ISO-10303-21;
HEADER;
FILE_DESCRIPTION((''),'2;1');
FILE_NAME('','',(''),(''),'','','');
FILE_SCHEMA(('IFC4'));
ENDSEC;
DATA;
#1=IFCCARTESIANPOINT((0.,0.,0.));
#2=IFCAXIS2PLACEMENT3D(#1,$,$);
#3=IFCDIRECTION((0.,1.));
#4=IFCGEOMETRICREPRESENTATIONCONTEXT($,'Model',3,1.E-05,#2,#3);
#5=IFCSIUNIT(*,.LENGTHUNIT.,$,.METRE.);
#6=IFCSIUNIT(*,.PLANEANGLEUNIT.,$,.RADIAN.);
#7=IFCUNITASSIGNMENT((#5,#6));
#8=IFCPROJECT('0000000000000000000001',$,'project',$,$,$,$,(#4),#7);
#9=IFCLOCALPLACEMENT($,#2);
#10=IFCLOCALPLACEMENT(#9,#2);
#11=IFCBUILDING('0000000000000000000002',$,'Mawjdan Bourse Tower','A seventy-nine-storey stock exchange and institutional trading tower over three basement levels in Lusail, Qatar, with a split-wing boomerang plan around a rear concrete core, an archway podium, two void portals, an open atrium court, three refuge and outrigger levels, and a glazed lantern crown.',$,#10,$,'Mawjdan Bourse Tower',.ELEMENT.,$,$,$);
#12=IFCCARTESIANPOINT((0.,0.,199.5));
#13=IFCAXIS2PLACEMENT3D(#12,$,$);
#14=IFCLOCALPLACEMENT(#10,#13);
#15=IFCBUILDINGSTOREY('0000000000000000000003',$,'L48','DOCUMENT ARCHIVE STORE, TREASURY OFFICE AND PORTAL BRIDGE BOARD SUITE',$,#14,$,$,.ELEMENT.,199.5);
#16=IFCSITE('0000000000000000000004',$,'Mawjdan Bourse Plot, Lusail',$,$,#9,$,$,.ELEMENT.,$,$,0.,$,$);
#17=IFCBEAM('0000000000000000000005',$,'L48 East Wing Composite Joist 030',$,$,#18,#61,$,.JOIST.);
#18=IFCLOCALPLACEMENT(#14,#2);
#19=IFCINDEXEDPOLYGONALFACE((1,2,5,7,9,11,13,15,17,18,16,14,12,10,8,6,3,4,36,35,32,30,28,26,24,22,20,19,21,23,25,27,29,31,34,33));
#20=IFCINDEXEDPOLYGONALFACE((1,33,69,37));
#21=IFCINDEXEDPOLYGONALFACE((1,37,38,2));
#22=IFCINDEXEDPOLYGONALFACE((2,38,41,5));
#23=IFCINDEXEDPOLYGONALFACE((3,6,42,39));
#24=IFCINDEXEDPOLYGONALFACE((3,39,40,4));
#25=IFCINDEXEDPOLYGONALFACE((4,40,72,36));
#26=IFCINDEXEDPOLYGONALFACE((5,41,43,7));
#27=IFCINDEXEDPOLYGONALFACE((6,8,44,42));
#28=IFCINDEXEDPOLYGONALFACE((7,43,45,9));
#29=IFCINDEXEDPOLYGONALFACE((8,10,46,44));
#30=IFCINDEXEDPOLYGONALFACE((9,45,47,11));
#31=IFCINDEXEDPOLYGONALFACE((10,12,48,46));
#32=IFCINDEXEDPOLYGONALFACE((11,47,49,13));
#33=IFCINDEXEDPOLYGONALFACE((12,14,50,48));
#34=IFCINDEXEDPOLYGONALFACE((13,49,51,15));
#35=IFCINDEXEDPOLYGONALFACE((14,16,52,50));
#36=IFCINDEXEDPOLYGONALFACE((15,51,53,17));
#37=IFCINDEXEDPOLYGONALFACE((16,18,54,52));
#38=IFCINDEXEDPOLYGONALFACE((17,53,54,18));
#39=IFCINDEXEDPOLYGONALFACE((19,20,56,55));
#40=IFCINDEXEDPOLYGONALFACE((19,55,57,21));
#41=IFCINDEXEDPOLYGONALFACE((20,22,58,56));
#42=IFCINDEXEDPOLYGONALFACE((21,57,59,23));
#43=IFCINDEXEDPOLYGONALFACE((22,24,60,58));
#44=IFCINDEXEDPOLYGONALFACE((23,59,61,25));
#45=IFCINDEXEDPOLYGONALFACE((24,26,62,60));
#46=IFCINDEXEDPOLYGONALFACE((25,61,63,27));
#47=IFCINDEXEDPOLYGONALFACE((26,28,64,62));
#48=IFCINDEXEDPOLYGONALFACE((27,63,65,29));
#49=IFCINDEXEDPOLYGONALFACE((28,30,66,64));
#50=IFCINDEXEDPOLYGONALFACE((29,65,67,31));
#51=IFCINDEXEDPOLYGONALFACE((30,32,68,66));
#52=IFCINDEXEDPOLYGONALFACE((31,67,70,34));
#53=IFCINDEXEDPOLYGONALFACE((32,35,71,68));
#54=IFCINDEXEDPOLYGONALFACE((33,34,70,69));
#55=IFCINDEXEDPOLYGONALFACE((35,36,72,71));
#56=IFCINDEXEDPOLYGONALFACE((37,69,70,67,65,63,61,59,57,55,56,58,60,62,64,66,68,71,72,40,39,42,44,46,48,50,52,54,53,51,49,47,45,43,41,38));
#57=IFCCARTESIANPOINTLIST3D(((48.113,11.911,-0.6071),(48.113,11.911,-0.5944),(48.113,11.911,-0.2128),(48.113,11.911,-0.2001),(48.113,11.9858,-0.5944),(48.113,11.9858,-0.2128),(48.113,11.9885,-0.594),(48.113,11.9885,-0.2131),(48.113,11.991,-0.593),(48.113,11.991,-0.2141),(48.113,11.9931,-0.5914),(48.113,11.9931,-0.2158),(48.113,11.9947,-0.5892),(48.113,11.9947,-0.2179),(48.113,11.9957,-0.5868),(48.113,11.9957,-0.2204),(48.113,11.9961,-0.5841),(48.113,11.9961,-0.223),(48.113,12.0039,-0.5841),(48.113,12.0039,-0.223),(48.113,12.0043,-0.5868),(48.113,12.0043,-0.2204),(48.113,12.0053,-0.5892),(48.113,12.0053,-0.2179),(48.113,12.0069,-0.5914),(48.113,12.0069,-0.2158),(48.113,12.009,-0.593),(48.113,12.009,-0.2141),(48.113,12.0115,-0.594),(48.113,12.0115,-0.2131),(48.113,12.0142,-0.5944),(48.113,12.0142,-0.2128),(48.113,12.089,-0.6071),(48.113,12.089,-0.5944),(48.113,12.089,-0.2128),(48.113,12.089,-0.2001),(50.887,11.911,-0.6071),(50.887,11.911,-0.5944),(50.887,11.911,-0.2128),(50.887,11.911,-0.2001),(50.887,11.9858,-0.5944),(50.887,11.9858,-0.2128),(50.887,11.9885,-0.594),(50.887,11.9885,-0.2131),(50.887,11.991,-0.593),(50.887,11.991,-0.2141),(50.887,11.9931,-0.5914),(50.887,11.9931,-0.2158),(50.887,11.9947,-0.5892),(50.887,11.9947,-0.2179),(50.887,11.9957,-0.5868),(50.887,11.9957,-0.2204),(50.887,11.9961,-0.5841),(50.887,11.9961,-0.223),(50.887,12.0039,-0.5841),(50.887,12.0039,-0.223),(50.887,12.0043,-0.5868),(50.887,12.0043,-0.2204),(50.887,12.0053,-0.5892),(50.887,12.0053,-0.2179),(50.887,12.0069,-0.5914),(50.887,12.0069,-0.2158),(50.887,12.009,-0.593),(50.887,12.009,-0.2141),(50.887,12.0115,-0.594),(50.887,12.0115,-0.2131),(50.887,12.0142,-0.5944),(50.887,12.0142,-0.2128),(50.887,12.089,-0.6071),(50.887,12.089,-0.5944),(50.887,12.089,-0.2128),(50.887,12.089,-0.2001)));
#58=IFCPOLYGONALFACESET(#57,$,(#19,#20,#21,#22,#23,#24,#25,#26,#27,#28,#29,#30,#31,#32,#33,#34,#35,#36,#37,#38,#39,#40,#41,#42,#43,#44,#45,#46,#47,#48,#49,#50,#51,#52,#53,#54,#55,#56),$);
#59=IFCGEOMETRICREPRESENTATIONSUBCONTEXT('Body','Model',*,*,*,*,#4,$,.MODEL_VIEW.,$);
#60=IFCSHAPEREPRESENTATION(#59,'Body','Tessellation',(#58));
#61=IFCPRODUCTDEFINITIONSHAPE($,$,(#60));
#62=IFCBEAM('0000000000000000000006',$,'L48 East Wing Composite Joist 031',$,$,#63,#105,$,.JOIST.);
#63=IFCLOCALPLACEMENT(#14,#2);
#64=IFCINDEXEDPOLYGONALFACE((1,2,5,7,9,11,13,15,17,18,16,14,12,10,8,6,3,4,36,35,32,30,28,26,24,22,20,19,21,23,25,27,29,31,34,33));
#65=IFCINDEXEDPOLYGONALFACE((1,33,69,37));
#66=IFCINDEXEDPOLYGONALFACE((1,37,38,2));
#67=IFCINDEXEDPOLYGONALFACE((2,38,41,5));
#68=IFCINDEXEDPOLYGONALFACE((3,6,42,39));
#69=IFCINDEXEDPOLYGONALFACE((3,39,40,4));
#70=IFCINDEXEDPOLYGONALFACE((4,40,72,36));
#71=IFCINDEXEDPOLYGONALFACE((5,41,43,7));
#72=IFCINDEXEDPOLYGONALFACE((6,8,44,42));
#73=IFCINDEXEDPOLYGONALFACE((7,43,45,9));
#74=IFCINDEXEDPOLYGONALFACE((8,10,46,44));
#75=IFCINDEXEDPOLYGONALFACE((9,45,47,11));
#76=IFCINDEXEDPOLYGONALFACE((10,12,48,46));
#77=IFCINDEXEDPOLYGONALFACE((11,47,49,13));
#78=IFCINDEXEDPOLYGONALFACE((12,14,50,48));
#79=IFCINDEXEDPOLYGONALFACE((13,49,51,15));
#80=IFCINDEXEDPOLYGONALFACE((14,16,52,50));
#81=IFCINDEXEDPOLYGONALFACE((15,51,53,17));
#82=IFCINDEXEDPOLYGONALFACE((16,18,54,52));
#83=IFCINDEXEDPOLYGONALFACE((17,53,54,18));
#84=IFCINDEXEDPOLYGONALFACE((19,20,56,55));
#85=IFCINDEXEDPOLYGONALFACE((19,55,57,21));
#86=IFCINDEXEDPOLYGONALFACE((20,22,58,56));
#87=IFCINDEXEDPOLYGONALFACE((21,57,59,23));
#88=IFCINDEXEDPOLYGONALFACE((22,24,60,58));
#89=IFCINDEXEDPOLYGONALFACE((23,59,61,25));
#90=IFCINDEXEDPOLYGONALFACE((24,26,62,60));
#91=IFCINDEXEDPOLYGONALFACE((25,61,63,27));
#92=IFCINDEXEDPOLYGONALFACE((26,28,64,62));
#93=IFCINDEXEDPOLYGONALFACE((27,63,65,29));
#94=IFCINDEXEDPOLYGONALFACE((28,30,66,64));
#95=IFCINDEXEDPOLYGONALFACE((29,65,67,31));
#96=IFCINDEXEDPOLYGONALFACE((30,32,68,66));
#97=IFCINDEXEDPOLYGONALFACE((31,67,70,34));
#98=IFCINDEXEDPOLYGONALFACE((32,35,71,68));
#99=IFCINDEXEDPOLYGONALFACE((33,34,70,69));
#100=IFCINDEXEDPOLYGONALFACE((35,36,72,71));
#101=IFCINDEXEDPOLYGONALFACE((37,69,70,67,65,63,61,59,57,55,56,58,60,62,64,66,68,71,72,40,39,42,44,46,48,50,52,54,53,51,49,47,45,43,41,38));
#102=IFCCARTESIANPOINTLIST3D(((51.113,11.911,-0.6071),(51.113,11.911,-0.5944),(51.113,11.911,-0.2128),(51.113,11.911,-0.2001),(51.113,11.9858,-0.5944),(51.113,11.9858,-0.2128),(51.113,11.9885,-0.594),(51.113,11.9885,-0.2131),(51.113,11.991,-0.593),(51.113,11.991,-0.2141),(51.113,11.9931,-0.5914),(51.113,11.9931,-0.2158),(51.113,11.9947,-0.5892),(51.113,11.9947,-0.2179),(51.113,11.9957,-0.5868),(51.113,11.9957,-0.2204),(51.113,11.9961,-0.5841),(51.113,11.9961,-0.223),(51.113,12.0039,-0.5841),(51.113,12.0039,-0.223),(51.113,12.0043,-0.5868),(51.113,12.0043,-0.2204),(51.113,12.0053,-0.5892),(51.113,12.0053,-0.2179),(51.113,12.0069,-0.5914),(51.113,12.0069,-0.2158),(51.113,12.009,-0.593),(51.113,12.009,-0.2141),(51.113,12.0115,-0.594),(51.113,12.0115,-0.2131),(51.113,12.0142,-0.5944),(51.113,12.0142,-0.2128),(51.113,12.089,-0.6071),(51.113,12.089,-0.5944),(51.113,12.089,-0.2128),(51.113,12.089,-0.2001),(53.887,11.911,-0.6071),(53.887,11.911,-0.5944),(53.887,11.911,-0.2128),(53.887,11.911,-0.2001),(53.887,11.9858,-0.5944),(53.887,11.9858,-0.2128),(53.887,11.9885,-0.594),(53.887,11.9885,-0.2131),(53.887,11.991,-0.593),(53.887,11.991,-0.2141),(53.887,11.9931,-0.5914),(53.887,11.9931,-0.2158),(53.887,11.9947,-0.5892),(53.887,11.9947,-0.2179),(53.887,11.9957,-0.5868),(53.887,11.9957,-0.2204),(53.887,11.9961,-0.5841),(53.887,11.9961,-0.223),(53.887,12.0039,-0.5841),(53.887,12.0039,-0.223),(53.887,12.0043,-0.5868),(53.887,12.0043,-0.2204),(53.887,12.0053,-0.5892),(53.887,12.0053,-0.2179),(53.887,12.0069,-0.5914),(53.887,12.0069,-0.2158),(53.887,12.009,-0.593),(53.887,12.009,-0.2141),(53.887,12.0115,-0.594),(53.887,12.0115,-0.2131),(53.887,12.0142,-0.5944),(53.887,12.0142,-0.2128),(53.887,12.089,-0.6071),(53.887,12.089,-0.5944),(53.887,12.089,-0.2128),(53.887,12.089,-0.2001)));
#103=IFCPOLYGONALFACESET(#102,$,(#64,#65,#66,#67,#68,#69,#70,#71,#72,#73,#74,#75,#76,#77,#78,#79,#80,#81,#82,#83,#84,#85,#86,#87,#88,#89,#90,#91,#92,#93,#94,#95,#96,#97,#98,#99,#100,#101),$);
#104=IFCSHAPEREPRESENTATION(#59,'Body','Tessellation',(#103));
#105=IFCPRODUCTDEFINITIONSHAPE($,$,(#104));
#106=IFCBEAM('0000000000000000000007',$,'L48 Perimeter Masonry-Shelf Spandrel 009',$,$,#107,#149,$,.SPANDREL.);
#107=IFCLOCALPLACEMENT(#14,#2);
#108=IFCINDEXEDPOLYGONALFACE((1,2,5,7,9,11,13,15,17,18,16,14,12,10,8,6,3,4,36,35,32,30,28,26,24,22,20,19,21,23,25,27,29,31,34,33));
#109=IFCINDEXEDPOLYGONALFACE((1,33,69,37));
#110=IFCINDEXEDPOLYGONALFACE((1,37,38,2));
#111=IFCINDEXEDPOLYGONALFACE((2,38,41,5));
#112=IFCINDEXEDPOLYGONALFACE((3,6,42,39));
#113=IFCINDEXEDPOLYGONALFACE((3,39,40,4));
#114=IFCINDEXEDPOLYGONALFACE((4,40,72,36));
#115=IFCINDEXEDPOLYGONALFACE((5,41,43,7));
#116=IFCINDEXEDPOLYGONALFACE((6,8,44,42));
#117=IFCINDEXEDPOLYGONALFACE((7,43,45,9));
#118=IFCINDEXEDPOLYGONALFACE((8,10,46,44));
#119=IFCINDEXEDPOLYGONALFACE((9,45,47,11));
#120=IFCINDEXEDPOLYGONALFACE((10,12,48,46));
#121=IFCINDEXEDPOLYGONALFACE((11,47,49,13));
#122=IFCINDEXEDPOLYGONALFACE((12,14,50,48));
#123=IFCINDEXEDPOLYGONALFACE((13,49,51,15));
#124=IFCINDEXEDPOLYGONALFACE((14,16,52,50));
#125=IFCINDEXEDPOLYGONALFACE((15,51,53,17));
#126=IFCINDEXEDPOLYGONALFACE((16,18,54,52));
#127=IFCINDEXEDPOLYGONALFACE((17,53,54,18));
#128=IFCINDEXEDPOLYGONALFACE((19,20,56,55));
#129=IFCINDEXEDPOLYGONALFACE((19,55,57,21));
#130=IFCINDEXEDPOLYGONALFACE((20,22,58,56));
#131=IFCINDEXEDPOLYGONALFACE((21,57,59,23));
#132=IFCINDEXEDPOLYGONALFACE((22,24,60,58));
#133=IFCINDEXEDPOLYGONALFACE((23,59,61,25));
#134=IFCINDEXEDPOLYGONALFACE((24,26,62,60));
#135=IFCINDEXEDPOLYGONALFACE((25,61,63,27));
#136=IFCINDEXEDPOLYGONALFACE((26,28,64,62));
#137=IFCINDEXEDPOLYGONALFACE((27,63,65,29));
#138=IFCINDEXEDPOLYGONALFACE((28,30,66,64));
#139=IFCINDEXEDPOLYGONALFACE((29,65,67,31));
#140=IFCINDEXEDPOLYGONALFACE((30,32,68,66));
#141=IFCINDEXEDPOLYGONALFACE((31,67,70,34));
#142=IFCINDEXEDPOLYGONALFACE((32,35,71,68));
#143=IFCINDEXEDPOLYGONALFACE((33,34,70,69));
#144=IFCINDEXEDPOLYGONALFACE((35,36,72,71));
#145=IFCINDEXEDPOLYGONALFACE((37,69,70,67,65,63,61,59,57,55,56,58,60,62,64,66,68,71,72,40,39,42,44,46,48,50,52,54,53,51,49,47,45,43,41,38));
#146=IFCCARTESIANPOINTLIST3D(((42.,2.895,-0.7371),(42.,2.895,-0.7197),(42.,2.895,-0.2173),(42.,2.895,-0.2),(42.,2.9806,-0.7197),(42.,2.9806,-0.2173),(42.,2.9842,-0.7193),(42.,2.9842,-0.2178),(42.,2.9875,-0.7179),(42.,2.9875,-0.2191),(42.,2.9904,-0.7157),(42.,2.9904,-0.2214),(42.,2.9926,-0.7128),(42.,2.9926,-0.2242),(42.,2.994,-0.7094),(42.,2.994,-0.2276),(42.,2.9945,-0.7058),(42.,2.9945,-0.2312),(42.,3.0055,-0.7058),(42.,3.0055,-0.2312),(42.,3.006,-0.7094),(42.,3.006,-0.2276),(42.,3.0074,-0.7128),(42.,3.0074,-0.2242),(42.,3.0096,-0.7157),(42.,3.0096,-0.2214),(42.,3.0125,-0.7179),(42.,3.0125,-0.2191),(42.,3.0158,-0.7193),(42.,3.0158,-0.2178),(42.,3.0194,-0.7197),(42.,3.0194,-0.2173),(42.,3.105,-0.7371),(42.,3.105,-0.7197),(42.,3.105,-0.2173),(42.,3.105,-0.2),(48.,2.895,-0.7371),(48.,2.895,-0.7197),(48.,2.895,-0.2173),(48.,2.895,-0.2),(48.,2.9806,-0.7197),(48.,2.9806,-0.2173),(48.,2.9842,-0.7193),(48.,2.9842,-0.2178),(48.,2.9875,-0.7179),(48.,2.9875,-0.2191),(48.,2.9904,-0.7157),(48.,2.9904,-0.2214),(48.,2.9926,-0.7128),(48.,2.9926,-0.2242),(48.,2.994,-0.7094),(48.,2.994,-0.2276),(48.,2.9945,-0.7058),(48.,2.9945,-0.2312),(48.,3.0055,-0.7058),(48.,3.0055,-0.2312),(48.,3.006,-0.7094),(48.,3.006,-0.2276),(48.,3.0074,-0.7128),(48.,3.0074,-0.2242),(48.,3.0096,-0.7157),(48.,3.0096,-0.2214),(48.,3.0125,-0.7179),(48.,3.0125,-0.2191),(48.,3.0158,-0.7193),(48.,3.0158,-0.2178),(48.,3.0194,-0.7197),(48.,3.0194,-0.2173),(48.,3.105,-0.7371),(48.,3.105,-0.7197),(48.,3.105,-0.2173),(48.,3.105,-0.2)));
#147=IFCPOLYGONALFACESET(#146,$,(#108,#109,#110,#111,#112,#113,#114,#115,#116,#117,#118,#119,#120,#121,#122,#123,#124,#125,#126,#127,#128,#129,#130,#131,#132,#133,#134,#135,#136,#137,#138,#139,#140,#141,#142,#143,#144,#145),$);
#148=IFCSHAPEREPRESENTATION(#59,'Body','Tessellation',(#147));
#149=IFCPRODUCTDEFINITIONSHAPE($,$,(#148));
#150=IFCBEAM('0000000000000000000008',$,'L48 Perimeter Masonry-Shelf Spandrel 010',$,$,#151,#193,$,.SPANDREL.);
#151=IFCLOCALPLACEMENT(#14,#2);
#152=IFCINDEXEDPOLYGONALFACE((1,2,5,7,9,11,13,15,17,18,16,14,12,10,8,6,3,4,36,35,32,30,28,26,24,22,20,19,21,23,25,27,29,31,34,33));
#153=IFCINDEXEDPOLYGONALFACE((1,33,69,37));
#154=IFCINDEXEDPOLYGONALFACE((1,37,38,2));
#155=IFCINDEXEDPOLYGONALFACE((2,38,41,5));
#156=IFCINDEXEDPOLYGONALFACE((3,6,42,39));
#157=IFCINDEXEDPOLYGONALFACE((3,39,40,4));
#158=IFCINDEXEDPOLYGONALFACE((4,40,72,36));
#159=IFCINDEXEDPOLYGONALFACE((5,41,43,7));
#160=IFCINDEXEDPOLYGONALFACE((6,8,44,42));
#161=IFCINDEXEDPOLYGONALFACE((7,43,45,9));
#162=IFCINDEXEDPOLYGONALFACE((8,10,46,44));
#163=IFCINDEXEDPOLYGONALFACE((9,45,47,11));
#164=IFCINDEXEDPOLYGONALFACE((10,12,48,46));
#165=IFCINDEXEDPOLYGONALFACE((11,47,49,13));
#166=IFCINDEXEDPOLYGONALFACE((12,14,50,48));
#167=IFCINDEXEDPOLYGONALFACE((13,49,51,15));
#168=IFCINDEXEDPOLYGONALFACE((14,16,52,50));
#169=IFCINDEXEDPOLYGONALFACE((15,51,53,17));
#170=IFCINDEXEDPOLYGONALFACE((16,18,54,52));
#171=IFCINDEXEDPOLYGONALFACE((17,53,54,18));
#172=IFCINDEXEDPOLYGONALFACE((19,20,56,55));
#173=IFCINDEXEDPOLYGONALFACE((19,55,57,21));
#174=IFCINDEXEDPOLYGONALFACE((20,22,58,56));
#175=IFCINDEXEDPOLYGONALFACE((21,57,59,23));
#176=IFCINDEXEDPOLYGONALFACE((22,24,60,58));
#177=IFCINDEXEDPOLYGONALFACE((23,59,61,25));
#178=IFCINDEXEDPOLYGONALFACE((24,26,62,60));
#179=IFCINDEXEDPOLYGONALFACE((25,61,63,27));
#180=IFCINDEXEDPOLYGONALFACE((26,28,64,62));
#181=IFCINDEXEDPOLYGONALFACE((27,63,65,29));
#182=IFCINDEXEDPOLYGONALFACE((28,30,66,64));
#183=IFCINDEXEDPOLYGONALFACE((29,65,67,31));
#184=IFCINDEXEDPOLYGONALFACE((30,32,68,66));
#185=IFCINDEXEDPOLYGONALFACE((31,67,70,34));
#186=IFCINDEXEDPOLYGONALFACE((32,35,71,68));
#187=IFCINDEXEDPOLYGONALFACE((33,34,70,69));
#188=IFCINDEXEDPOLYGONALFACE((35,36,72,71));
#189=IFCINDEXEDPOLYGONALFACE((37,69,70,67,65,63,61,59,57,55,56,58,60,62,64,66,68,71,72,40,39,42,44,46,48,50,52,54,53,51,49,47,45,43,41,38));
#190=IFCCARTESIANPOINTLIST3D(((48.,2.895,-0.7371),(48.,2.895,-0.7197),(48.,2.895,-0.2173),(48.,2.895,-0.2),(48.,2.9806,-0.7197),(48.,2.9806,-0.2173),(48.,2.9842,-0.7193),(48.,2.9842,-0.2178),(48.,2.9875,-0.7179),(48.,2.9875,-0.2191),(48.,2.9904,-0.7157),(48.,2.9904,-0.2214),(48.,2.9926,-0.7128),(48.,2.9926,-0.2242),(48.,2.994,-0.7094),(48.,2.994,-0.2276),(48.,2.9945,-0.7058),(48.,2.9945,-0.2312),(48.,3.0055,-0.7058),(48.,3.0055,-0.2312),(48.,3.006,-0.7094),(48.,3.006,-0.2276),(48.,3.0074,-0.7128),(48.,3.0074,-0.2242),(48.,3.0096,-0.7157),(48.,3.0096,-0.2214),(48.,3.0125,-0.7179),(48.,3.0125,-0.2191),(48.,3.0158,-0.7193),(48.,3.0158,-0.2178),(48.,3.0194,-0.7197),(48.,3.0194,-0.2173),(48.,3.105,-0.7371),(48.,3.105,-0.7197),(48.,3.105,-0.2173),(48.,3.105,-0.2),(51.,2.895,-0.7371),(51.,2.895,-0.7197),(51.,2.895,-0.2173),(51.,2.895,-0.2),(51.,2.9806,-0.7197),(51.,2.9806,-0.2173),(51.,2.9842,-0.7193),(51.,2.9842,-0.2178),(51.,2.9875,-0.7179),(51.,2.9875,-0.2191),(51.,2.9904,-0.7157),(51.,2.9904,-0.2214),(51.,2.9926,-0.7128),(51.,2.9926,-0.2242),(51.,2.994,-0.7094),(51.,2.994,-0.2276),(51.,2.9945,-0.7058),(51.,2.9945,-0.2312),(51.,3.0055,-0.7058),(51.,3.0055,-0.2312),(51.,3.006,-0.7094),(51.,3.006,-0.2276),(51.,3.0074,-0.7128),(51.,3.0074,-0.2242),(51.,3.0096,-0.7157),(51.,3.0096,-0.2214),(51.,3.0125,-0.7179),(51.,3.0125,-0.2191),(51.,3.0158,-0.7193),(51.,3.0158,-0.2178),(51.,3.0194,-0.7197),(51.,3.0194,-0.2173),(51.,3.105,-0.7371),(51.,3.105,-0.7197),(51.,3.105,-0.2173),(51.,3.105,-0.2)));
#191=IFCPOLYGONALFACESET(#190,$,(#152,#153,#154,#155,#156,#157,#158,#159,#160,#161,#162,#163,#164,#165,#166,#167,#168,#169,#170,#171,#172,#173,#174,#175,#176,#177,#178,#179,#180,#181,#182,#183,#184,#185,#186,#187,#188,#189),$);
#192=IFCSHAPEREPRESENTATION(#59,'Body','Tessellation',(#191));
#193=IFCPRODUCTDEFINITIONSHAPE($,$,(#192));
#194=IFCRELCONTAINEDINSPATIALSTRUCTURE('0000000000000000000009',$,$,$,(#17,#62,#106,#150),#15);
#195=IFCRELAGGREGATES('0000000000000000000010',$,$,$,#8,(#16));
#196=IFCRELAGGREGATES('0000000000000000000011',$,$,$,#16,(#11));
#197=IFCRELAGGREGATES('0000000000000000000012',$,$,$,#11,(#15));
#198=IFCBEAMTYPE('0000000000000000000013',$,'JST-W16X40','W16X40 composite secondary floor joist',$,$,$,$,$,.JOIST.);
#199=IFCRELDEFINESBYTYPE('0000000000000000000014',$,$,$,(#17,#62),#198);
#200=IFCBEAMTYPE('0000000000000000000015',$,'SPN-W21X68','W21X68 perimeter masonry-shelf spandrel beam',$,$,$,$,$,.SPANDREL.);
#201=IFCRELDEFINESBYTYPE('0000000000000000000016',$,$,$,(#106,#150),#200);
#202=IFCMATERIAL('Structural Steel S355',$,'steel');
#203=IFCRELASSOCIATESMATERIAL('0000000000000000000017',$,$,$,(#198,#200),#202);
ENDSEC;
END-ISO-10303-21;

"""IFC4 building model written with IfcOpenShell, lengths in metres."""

from ifc_helpers import new_model, si_unit, direction, frame, origin, origin_2d, place, context, subcontext, project, spatial, i_section, extrude, material, material_profile, profile_set, type_object, element, save


model = new_model("IFC4")

# Units and contexts
model_context = context("Model", 3, precision=1e-05, world=origin(), true_north=direction((0.0, 1.0)))
body_context = subcontext(model_context, "Body", "Model", "MODEL_VIEW")
ifc_project = project(units=[si_unit("LENGTHUNIT", "METRE"), si_unit("PLANEANGLEUNIT", "RADIAN")], contexts=[model_context])

# Site, building, storey
site_placement = place(None, origin())
site = spatial("IfcSite", under=ifc_project, at=site_placement, Name="Mawjdan Bourse Plot, Lusail", CompositionType="ELEMENT", RefElevation=0.0)
building_placement = place(site_placement, origin())
building = spatial("IfcBuilding", under=site, at=building_placement, Name="Mawjdan Bourse Tower", Description="A seventy-nine-storey stock exchange and institutional trading tower over three basement levels in Lusail, Qatar, with a split-wing boomerang plan around a rear concrete core, an archway podium, two void portals, an open atrium court, three refuge and outrigger levels, and a glazed lantern crown.", LongName="Mawjdan Bourse Tower", CompositionType="ELEMENT")
storey_placement = place(building_placement, frame((0.0, 0.0, 199.5)))
storey = spatial("IfcBuildingStorey", under=building, at=storey_placement, Name="L48", Description="DOCUMENT ARCHIVE STORE, TREASURY OFFICE AND PORTAL BRIDGE BOARD SUITE", CompositionType="ELEMENT", Elevation=199.5)

# Beams
ifc_material_1 = material(Name="Structural Steel S355", Category="steel")
ifc_material_profile_1 = material_profile(ifc_material_1, i_section(OverallWidth=0.178, OverallDepth=0.407, WebThickness=0.0078, FlangeThickness=0.0127, FilletRadius=0.0103, at=origin_2d()), Name="W16X40")
ifc_profile_set_1 = profile_set([ifc_material_profile_1], Name="Structural Steel S355")
beam_type_1 = type_object("IfcBeamType", Name="JST-W16X40", Description="W16X40 composite secondary floor joist", PredefinedType="JOIST", material=ifc_profile_set_1)
for number, where, z_axis, x_axis, name in (
    (1, (48.113, 12.0, -0.4036), (1.0, 0.0, 0.0), (0.0, 1.0, 0.0), "L48 East Wing Composite Joist 030"),
    (2, (51.113, 12.0, -0.4036), (1.0, 0.0, 0.0), (0.0, 1.0, 0.0), "L48 East Wing Composite Joist 031"),
):
    element("IfcBeam", number, at=place(storey_placement, frame(where, z_axis=z_axis, x_axis=x_axis)), inside=storey, type_object=beam_type_1, Name=name, PredefinedType="JOIST", context=body_context, shape_type="SweptSolid", body=[
        extrude(i_section(OverallWidth=0.178, OverallDepth=0.407, WebThickness=0.0078, FlangeThickness=0.0127, FilletRadius=0.0103, at=origin_2d()), origin(), (0.0, 0.0, 1.0), 2.7739),
    ])
ifc_material_profile_2 = material_profile(ifc_material_1, i_section(OverallWidth=0.21, OverallDepth=0.5371, WebThickness=0.011, FlangeThickness=0.0173, FilletRadius=0.0139, at=origin_2d()), Name="W21X68")
ifc_profile_set_2 = profile_set([ifc_material_profile_2], Name="Structural Steel S355")
beam_type_2 = type_object("IfcBeamType", Name="SPN-W21X68", Description="W21X68 perimeter masonry-shelf spandrel beam", PredefinedType="SPANDREL", material=ifc_profile_set_2)
beam_1_placement = place(storey_placement, frame((42.0, 3.0, -0.4685), z_axis=(1.0, 0.0, 0.0), x_axis=(0.0, 1.0, 0.0)))
element("IfcBeam", 3, at=beam_1_placement, inside=storey, type_object=beam_type_2, Name="L48 Perimeter Masonry-Shelf Spandrel 009", PredefinedType="SPANDREL", context=body_context, shape_type="SweptSolid", body=[
    extrude(i_section(OverallWidth=0.21, OverallDepth=0.5371, WebThickness=0.011, FlangeThickness=0.0173, FilletRadius=0.0139, at=origin_2d()), origin(), (0.0, 0.0, 1.0), 6.0),
])
for number, where, z_axis, x_axis, name in (
    (4, (48.0, 3.0, -0.4685), (1.0, 0.0, 0.0), (0.0, 1.0, 0.0), "L48 Perimeter Masonry-Shelf Spandrel 010"),
):
    element("IfcBeam", number, at=place(storey_placement, frame(where, z_axis=z_axis, x_axis=x_axis)), inside=storey, type_object=beam_type_2, Name=name, PredefinedType="SPANDREL", context=body_context, shape_type="SweptSolid", body=[
        extrude(i_section(OverallWidth=0.21, OverallDepth=0.5371, WebThickness=0.011, FlangeThickness=0.0173, FilletRadius=0.0139, at=origin_2d()), origin(), (0.0, 0.0, 1.0), 3.0),
    ])

save(model, "model.ifc")
